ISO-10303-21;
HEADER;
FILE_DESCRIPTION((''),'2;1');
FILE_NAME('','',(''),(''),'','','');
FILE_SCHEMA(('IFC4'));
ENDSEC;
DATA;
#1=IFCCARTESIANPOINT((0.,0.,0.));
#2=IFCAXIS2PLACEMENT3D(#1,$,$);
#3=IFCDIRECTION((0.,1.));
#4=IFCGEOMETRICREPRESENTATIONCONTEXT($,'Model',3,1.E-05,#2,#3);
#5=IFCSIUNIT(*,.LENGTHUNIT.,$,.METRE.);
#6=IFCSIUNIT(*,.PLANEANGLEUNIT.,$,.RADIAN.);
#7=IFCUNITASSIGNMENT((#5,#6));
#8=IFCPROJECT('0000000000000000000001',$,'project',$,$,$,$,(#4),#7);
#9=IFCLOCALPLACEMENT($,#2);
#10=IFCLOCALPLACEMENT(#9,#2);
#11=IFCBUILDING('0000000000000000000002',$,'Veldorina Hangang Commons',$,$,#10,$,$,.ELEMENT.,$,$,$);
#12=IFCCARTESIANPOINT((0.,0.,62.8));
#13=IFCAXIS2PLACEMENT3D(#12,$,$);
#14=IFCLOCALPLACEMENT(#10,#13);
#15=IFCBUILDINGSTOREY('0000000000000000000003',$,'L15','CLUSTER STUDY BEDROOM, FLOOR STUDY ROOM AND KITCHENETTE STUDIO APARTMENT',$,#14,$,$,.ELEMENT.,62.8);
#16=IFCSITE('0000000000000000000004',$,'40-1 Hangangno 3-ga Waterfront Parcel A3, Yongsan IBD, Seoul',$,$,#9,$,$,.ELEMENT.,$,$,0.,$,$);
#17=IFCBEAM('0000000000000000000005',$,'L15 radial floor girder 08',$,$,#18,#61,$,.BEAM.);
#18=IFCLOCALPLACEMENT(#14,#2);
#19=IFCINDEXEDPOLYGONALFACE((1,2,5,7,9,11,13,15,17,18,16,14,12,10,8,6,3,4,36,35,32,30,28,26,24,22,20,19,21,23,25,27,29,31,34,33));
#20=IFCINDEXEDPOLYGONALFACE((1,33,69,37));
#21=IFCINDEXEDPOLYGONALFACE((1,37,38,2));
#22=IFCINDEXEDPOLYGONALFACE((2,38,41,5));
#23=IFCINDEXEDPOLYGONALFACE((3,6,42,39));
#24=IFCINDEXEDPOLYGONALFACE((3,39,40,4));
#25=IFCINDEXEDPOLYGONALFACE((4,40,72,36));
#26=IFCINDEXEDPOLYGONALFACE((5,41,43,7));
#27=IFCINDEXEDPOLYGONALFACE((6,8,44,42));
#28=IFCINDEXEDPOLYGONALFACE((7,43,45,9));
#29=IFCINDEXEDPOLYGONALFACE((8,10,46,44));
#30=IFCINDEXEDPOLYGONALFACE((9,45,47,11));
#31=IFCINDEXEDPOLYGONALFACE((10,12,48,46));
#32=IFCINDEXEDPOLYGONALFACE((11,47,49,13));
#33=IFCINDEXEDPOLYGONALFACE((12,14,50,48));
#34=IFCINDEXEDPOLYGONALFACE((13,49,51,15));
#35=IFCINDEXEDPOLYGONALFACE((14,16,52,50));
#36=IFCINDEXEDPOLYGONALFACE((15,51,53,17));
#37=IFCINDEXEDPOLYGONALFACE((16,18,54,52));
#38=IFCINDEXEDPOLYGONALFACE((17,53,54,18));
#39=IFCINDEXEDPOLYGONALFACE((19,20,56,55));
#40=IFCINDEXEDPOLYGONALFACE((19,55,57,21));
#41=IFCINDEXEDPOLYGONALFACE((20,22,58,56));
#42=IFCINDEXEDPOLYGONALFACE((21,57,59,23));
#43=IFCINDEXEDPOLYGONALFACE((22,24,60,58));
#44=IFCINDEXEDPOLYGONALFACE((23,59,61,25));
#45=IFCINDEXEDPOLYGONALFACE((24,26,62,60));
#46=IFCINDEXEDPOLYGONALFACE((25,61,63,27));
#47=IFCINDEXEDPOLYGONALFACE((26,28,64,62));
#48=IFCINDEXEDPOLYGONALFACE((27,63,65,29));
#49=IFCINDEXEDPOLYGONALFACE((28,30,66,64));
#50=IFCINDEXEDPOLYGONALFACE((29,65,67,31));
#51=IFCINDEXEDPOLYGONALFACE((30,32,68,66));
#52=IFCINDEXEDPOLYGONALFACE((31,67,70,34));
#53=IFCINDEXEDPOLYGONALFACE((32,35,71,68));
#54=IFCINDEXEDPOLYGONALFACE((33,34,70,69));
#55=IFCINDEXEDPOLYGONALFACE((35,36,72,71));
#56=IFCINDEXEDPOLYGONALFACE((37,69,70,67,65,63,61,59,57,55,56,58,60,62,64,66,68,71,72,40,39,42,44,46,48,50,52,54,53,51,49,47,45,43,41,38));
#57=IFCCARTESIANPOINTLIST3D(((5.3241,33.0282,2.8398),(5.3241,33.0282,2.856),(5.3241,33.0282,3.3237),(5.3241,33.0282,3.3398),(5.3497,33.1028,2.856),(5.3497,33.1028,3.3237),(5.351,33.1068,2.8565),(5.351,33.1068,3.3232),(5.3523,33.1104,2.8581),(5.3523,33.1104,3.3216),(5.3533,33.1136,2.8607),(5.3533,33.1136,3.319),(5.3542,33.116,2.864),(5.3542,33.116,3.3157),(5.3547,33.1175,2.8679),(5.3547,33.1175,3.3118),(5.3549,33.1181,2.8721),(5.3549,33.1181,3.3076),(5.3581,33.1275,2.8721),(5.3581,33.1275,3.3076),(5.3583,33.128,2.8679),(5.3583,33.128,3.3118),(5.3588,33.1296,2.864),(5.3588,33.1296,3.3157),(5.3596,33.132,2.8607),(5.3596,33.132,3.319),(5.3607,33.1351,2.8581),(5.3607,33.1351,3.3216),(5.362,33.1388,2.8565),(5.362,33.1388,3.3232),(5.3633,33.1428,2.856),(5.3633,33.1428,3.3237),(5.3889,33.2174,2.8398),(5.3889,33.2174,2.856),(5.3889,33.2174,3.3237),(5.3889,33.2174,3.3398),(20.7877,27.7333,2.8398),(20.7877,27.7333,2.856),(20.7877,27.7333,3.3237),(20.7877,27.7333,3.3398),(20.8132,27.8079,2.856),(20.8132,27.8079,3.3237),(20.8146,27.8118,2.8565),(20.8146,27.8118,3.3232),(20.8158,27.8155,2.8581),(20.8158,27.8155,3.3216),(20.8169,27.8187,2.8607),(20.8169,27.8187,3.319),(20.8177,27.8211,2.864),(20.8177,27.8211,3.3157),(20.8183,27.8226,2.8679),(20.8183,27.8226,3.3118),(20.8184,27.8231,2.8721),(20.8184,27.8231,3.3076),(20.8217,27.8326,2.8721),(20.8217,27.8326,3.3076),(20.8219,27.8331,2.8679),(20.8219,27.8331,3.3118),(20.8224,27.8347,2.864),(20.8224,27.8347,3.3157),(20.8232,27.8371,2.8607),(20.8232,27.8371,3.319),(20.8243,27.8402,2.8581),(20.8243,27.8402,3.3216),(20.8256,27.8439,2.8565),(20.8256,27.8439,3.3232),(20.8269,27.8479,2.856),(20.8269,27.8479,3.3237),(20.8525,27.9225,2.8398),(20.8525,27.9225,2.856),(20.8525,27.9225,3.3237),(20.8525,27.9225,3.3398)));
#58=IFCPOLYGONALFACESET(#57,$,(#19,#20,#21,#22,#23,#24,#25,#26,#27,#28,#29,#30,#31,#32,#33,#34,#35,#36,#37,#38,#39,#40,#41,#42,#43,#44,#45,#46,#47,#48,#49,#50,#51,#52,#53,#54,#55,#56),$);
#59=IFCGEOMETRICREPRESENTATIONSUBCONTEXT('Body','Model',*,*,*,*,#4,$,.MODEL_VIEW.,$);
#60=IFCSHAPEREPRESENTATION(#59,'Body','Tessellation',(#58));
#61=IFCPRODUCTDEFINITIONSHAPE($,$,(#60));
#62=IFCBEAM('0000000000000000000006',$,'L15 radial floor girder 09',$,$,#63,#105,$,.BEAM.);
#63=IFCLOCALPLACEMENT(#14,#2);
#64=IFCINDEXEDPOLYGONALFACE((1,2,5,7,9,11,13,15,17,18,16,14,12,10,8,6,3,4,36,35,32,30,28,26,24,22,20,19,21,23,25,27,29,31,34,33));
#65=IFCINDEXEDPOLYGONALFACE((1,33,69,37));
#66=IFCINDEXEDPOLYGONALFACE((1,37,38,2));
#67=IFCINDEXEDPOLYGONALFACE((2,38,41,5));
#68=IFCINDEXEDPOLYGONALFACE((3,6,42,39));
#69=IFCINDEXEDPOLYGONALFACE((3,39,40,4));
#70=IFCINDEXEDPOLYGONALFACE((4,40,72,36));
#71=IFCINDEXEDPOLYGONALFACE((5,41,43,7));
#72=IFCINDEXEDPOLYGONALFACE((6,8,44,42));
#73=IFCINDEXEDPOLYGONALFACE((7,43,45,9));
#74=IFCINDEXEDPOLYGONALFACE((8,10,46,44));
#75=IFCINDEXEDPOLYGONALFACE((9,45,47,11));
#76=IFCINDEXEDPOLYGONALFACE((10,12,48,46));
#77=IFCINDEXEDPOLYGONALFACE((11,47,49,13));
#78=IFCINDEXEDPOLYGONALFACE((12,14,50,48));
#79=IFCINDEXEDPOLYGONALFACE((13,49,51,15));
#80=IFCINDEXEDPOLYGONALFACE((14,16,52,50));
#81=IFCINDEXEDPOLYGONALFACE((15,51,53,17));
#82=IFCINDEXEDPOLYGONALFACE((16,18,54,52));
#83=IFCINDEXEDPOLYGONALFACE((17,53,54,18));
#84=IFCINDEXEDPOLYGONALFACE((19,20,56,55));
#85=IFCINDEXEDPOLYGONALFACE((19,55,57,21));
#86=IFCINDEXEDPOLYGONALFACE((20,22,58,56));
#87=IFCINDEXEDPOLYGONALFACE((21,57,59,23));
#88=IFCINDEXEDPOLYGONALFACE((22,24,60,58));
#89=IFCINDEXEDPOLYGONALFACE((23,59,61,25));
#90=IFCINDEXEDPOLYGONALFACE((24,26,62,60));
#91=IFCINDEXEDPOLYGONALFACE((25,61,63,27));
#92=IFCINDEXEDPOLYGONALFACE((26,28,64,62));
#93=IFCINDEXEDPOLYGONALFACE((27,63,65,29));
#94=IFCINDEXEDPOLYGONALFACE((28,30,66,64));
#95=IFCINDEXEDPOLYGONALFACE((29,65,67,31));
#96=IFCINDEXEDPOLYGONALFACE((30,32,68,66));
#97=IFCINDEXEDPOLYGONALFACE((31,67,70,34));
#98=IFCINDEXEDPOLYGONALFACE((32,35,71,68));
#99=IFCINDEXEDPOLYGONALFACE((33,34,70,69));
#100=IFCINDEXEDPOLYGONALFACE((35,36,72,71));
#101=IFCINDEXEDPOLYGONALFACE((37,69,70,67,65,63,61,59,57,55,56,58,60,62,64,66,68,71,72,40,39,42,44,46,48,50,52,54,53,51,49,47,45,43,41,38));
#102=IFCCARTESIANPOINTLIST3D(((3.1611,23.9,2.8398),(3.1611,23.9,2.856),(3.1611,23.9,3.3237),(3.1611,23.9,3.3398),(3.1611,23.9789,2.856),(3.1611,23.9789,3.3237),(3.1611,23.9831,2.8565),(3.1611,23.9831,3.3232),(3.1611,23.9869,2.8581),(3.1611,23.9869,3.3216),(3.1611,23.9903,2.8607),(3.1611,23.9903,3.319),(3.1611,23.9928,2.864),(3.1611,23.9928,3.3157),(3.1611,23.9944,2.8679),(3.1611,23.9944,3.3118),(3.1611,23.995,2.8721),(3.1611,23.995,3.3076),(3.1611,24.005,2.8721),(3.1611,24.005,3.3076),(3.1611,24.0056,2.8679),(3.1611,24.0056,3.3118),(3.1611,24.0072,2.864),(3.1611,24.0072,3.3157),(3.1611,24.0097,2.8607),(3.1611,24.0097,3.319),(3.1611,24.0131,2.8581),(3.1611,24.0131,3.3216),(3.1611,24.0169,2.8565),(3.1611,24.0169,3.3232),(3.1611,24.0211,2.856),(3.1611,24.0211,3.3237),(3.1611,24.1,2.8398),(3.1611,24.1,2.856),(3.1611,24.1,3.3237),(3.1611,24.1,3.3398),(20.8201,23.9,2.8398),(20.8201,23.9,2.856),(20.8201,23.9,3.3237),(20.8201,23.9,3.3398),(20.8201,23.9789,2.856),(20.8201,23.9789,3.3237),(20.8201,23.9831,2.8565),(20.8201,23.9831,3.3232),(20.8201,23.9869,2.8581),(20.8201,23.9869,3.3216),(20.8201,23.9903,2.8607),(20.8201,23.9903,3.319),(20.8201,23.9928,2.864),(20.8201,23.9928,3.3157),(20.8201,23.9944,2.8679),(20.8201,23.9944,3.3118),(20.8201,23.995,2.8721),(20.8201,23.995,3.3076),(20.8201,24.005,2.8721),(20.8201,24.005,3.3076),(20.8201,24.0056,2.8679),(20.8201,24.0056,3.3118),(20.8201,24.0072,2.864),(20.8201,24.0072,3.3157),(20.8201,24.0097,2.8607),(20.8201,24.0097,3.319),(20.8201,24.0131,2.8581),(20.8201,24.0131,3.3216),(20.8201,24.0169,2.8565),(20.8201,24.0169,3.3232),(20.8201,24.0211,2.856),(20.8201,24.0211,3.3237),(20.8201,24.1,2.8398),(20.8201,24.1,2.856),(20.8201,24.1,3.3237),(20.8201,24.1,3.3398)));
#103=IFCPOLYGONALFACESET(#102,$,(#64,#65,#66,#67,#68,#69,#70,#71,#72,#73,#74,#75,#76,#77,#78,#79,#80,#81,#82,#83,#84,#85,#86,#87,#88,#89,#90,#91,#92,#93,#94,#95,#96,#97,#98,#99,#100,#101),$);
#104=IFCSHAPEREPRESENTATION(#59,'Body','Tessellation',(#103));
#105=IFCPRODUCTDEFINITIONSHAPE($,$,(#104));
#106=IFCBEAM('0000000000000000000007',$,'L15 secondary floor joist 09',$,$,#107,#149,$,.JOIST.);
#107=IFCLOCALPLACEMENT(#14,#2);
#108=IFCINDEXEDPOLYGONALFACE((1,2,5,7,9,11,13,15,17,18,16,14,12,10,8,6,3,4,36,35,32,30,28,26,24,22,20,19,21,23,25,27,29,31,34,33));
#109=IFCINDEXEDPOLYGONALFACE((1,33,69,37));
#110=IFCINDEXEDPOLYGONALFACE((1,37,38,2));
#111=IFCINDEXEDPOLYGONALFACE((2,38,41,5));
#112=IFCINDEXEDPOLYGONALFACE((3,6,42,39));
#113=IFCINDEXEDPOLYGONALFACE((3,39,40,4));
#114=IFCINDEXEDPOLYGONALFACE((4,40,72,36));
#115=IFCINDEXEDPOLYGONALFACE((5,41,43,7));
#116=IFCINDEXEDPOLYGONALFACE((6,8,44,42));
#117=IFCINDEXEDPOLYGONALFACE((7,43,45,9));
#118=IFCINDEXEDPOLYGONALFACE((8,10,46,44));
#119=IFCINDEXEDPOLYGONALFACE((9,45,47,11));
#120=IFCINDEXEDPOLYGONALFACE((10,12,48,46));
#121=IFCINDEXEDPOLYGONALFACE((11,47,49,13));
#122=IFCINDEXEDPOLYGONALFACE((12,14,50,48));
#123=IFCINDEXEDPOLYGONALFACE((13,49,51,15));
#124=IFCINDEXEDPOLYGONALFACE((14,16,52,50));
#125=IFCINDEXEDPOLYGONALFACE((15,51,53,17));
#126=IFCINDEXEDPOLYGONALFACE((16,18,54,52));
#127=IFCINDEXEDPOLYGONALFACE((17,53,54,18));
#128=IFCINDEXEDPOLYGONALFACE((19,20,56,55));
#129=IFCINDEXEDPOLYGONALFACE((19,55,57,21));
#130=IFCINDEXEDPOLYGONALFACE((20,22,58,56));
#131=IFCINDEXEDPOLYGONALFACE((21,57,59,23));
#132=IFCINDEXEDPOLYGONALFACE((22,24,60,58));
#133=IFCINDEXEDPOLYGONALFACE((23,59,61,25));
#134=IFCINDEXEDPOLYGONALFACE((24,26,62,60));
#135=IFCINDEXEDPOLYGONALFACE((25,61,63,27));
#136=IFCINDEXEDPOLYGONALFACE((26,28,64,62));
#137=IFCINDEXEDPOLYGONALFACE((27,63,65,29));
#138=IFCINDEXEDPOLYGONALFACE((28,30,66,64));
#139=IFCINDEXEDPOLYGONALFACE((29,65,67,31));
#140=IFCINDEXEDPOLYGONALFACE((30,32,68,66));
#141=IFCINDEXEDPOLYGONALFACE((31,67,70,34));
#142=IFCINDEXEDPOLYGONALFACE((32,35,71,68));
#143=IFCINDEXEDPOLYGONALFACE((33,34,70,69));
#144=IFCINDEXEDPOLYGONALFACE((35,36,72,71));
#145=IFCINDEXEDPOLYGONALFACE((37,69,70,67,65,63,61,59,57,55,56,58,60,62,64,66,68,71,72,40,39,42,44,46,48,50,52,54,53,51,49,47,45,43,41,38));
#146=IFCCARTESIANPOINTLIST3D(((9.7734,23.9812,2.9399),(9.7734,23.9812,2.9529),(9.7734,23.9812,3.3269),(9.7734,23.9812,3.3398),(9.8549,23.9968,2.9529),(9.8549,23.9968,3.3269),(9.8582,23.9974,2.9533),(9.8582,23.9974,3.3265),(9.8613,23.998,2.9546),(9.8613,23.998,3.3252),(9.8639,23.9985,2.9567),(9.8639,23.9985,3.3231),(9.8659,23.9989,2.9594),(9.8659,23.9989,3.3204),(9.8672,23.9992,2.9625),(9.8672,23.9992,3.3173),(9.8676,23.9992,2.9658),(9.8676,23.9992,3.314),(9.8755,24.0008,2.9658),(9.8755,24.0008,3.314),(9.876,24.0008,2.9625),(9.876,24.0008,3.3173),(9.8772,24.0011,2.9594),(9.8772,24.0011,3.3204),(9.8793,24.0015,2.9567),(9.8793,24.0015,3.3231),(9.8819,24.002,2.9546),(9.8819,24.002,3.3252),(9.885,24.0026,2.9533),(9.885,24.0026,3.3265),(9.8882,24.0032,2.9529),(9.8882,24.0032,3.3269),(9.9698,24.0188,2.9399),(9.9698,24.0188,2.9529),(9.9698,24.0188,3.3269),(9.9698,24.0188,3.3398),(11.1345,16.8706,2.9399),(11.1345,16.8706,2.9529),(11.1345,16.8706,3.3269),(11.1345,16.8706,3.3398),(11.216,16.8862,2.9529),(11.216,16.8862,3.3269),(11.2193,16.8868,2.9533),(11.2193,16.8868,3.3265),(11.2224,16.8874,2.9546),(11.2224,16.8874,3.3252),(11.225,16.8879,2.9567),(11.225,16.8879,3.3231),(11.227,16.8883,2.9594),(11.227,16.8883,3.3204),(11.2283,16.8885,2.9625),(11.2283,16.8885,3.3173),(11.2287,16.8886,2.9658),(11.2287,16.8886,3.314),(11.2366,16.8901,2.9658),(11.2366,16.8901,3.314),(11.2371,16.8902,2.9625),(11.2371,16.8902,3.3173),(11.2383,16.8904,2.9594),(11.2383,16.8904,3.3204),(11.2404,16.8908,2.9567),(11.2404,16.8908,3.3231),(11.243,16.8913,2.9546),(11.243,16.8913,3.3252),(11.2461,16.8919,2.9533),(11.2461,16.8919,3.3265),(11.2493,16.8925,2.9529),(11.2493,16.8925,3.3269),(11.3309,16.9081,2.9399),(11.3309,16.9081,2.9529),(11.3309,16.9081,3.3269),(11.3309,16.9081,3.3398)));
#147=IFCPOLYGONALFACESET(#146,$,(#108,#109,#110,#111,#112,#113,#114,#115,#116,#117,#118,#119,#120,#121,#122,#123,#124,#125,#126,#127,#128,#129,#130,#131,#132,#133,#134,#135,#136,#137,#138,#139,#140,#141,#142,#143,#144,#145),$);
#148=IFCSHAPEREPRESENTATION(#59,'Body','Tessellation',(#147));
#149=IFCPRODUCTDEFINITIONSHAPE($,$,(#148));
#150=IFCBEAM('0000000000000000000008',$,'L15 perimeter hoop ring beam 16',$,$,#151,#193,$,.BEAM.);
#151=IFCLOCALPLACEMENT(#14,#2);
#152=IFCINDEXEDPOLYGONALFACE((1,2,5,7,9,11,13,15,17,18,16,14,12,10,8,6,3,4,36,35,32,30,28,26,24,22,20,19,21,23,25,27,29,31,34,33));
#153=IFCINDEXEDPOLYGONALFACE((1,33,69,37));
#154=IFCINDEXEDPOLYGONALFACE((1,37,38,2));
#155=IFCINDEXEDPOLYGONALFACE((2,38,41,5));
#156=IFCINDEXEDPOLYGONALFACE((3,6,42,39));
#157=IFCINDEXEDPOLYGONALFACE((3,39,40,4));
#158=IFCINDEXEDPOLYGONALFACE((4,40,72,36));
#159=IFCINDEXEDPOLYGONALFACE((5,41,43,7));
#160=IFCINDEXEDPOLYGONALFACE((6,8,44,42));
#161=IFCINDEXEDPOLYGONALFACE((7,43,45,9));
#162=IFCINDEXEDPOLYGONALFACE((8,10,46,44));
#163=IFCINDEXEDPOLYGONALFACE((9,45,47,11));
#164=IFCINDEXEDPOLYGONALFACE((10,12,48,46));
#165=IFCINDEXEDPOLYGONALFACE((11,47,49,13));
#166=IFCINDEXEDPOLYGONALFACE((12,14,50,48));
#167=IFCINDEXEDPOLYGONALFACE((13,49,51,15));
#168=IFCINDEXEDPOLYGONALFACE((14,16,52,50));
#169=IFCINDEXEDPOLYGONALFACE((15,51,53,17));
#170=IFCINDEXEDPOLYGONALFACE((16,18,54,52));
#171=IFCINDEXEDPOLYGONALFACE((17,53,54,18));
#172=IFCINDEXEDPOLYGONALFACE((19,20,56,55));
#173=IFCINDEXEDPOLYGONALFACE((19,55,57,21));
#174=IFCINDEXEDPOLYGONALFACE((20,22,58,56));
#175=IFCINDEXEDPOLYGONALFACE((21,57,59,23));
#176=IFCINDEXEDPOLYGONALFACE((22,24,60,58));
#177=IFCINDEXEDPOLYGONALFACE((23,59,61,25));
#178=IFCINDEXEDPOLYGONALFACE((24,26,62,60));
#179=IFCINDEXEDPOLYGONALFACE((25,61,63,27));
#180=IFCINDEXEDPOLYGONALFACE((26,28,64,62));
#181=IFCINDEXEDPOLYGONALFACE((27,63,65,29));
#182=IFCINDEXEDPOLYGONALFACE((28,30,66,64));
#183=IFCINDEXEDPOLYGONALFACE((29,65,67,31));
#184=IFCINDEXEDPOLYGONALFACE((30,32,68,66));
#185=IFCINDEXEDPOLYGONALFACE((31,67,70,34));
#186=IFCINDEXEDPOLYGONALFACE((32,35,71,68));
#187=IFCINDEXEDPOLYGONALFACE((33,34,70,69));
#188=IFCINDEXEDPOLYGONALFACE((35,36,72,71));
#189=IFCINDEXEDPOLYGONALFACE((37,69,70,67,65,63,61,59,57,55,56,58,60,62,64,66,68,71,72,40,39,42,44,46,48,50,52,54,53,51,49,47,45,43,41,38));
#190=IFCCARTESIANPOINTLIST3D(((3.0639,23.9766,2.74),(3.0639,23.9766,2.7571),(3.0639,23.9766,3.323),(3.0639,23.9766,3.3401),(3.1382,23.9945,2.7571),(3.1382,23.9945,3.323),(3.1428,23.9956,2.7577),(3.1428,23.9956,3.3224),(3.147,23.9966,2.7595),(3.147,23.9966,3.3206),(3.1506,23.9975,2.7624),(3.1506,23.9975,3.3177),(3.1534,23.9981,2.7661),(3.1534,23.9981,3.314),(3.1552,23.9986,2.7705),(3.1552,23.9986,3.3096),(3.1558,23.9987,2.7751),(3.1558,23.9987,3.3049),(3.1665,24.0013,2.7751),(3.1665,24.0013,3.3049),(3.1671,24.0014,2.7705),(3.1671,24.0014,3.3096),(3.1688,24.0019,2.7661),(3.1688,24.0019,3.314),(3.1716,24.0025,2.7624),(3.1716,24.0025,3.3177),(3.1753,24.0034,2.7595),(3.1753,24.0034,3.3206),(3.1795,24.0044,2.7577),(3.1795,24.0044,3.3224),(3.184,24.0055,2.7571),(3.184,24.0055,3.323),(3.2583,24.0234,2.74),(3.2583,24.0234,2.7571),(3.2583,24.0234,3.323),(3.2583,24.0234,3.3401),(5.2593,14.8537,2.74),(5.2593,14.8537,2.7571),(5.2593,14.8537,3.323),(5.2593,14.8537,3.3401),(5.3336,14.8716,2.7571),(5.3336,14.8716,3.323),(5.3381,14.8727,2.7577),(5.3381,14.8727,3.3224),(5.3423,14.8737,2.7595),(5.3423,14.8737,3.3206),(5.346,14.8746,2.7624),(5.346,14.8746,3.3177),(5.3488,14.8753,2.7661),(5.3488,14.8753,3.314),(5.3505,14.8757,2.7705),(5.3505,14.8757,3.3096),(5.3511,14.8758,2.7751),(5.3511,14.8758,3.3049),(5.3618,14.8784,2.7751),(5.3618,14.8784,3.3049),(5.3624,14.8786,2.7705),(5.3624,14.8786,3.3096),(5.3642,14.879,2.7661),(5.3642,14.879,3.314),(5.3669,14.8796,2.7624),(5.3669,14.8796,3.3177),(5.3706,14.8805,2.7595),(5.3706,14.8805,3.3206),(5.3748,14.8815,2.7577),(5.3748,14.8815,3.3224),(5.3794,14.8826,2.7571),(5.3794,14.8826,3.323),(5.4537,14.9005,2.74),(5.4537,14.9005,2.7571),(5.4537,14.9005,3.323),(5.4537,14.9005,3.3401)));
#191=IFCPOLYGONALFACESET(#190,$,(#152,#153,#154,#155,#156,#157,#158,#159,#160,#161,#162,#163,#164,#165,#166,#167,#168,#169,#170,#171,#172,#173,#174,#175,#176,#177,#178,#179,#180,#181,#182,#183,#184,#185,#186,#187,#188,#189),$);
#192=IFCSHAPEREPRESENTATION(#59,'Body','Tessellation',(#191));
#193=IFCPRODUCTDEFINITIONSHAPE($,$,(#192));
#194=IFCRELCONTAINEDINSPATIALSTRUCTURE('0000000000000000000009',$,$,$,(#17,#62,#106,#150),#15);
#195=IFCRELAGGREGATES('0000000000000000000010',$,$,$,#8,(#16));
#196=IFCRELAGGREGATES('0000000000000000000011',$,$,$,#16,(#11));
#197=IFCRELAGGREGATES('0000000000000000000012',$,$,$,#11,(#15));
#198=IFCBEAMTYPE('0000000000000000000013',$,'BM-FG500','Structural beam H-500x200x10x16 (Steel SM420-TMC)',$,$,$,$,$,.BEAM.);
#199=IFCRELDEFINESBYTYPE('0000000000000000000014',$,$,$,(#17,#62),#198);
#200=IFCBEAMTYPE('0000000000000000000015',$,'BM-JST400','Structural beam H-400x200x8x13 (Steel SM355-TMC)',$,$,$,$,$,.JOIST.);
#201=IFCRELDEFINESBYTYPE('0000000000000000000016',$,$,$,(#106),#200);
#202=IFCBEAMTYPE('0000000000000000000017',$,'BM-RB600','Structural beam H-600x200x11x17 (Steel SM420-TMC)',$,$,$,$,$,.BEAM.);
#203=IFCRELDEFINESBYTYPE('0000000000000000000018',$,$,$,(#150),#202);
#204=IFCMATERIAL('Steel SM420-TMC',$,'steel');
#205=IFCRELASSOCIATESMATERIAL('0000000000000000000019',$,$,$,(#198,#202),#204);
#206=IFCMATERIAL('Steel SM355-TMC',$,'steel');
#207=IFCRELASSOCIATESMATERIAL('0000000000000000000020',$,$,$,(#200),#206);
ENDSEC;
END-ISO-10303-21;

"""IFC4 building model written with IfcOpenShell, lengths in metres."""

from ifc_helpers import new_model, si_unit, direction, frame, origin, origin_2d, place, context, subcontext, project, spatial, i_section, extrude, material, material_profile, profile_set, type_object, element, save


model = new_model("IFC4")

# Units and contexts
model_context = context("Model", 3, precision=1e-05, world=origin(), true_north=direction((0.0, 1.0)))
body_context = subcontext(model_context, "Body", "Model", "MODEL_VIEW")
ifc_project = project(units=[si_unit("LENGTHUNIT", "METRE"), si_unit("PLANEANGLEUNIT", "RADIAN")], contexts=[model_context])

# Site, building, storey
site_placement = place(None, origin())
site = spatial("IfcSite", under=ifc_project, at=site_placement, Name="40-1 Hangangno 3-ga Waterfront Parcel A3, Yongsan IBD, Seoul", CompositionType="ELEMENT", RefElevation=0.0)
building_placement = place(site_placement, origin())
building = spatial("IfcBuilding", under=site, at=building_placement, Name="Veldorina Hangang Commons", CompositionType="ELEMENT")
storey_placement = place(building_placement, frame((0.0, 0.0, 62.8)))
storey = spatial("IfcBuildingStorey", under=building, at=storey_placement, Name="L15", Description="CLUSTER STUDY BEDROOM, FLOOR STUDY ROOM AND KITCHENETTE STUDIO APARTMENT", CompositionType="ELEMENT", Elevation=62.8)

# Beams
ifc_material_1 = material(Name="Steel SM420-TMC", Category="steel")
ifc_material_profile_1 = material_profile(ifc_material_1, i_section(OverallWidth=0.2, OverallDepth=0.5, WebThickness=0.01, FlangeThickness=0.0161, FilletRadius=0.0161, at=origin_2d()), Name="H-500x200x10x16")
ifc_profile_set_1 = profile_set([ifc_material_profile_1], Name="Steel SM420-TMC")
beam_type_1 = type_object("IfcBeamType", Name="BM-FG500", Description="Structural beam H-500x200x10x16 (Steel SM420-TMC)", PredefinedType="BEAM", material=ifc_profile_set_1)
beam_1_placement = place(storey_placement, frame((20.8201, 27.8279, 3.0898), z_axis=(-0.946075, 0.323947, 0.0), x_axis=(-0.323947, -0.946075, 0.0)))
element("IfcBeam", 1, at=beam_1_placement, inside=storey, type_object=beam_type_1, Name="L15 radial floor girder 08", PredefinedType="BEAM", context=body_context, shape_type="SweptSolid", body=[
    extrude(i_section(OverallWidth=0.2, OverallDepth=0.5, WebThickness=0.01, FlangeThickness=0.0161, FilletRadius=0.0161, at=origin_2d()), origin(), (0.0, 0.0, 1.0), 16.345),
])
beam_2_placement = place(storey_placement, frame((20.8201, 24.0, 3.0898), z_axis=(-1.0, 0.0, 0.0), x_axis=(0.0, -1.0, 0.0)))
element("IfcBeam", 2, at=beam_2_placement, inside=storey, type_object=beam_type_1, Name="L15 radial floor girder 09", PredefinedType="BEAM", context=body_context, shape_type="SweptSolid", body=[
    extrude(i_section(OverallWidth=0.2, OverallDepth=0.5, WebThickness=0.01, FlangeThickness=0.0161, FilletRadius=0.0161, at=origin_2d()), origin(), (0.0, 0.0, 1.0), 17.6589),
])
ifc_material_2 = material(Name="Steel SM355-TMC", Category="steel")
ifc_material_profile_2 = material_profile(ifc_material_2, i_section(OverallWidth=0.2, OverallDepth=0.3999, WebThickness=0.0081, FlangeThickness=0.0129, FilletRadius=0.0129, at=origin_2d()), Name="H-400x200x8x13")
ifc_profile_set_2 = profile_set([ifc_material_profile_2], Name="Steel SM355-TMC")
beam_type_2 = type_object("IfcBeamType", Name="BM-JST400", Description="Structural beam H-400x200x8x13 (Steel SM355-TMC)", PredefinedType="JOIST", material=ifc_profile_set_2)
beam_3_placement = place(storey_placement, frame((9.8716, 24.0, 3.1399), z_axis=(0.188003, -0.982168, 0.0), x_axis=(0.982168, 0.188003, 0.0)))
element("IfcBeam", 3, at=beam_3_placement, inside=storey, type_object=beam_type_2, Name="L15 secondary floor joist 09", PredefinedType="JOIST", context=body_context, shape_type="SweptSolid", body=[
    extrude(i_section(OverallWidth=0.2, OverallDepth=0.3999, WebThickness=0.0081, FlangeThickness=0.0129, FilletRadius=0.0129, at=origin_2d()), origin(), (0.0, 0.0, 1.0), 7.2397),
])
ifc_material_profile_3 = material_profile(ifc_material_1, i_section(OverallWidth=0.2, OverallDepth=0.6001, WebThickness=0.011, FlangeThickness=0.0171, FilletRadius=0.0181, at=origin_2d()), Name="H-600x200x11x17")
ifc_profile_set_3 = profile_set([ifc_material_profile_3], Name="Steel SM420-TMC")
beam_type_3 = type_object("IfcBeamType", Name="BM-RB600", Description="Structural beam H-600x200x11x17 (Steel SM420-TMC)", PredefinedType="BEAM", material=ifc_profile_set_3)
beam_4_placement = place(storey_placement, frame((3.1611, 24.0, 3.04), z_axis=(0.233961, -0.972246, 0.0), x_axis=(0.972246, 0.233961, 0.0)))
element("IfcBeam", 4, at=beam_4_placement, inside=storey, type_object=beam_type_3, Name="L15 perimeter hoop ring beam 16", PredefinedType="BEAM", context=body_context, shape_type="SweptSolid", body=[
    extrude(i_section(OverallWidth=0.2, OverallDepth=0.6001, WebThickness=0.011, FlangeThickness=0.0171, FilletRadius=0.0181, at=origin_2d()), origin(), (0.0, 0.0, 1.0), 9.3833),
])

save(model, "model.ifc")
